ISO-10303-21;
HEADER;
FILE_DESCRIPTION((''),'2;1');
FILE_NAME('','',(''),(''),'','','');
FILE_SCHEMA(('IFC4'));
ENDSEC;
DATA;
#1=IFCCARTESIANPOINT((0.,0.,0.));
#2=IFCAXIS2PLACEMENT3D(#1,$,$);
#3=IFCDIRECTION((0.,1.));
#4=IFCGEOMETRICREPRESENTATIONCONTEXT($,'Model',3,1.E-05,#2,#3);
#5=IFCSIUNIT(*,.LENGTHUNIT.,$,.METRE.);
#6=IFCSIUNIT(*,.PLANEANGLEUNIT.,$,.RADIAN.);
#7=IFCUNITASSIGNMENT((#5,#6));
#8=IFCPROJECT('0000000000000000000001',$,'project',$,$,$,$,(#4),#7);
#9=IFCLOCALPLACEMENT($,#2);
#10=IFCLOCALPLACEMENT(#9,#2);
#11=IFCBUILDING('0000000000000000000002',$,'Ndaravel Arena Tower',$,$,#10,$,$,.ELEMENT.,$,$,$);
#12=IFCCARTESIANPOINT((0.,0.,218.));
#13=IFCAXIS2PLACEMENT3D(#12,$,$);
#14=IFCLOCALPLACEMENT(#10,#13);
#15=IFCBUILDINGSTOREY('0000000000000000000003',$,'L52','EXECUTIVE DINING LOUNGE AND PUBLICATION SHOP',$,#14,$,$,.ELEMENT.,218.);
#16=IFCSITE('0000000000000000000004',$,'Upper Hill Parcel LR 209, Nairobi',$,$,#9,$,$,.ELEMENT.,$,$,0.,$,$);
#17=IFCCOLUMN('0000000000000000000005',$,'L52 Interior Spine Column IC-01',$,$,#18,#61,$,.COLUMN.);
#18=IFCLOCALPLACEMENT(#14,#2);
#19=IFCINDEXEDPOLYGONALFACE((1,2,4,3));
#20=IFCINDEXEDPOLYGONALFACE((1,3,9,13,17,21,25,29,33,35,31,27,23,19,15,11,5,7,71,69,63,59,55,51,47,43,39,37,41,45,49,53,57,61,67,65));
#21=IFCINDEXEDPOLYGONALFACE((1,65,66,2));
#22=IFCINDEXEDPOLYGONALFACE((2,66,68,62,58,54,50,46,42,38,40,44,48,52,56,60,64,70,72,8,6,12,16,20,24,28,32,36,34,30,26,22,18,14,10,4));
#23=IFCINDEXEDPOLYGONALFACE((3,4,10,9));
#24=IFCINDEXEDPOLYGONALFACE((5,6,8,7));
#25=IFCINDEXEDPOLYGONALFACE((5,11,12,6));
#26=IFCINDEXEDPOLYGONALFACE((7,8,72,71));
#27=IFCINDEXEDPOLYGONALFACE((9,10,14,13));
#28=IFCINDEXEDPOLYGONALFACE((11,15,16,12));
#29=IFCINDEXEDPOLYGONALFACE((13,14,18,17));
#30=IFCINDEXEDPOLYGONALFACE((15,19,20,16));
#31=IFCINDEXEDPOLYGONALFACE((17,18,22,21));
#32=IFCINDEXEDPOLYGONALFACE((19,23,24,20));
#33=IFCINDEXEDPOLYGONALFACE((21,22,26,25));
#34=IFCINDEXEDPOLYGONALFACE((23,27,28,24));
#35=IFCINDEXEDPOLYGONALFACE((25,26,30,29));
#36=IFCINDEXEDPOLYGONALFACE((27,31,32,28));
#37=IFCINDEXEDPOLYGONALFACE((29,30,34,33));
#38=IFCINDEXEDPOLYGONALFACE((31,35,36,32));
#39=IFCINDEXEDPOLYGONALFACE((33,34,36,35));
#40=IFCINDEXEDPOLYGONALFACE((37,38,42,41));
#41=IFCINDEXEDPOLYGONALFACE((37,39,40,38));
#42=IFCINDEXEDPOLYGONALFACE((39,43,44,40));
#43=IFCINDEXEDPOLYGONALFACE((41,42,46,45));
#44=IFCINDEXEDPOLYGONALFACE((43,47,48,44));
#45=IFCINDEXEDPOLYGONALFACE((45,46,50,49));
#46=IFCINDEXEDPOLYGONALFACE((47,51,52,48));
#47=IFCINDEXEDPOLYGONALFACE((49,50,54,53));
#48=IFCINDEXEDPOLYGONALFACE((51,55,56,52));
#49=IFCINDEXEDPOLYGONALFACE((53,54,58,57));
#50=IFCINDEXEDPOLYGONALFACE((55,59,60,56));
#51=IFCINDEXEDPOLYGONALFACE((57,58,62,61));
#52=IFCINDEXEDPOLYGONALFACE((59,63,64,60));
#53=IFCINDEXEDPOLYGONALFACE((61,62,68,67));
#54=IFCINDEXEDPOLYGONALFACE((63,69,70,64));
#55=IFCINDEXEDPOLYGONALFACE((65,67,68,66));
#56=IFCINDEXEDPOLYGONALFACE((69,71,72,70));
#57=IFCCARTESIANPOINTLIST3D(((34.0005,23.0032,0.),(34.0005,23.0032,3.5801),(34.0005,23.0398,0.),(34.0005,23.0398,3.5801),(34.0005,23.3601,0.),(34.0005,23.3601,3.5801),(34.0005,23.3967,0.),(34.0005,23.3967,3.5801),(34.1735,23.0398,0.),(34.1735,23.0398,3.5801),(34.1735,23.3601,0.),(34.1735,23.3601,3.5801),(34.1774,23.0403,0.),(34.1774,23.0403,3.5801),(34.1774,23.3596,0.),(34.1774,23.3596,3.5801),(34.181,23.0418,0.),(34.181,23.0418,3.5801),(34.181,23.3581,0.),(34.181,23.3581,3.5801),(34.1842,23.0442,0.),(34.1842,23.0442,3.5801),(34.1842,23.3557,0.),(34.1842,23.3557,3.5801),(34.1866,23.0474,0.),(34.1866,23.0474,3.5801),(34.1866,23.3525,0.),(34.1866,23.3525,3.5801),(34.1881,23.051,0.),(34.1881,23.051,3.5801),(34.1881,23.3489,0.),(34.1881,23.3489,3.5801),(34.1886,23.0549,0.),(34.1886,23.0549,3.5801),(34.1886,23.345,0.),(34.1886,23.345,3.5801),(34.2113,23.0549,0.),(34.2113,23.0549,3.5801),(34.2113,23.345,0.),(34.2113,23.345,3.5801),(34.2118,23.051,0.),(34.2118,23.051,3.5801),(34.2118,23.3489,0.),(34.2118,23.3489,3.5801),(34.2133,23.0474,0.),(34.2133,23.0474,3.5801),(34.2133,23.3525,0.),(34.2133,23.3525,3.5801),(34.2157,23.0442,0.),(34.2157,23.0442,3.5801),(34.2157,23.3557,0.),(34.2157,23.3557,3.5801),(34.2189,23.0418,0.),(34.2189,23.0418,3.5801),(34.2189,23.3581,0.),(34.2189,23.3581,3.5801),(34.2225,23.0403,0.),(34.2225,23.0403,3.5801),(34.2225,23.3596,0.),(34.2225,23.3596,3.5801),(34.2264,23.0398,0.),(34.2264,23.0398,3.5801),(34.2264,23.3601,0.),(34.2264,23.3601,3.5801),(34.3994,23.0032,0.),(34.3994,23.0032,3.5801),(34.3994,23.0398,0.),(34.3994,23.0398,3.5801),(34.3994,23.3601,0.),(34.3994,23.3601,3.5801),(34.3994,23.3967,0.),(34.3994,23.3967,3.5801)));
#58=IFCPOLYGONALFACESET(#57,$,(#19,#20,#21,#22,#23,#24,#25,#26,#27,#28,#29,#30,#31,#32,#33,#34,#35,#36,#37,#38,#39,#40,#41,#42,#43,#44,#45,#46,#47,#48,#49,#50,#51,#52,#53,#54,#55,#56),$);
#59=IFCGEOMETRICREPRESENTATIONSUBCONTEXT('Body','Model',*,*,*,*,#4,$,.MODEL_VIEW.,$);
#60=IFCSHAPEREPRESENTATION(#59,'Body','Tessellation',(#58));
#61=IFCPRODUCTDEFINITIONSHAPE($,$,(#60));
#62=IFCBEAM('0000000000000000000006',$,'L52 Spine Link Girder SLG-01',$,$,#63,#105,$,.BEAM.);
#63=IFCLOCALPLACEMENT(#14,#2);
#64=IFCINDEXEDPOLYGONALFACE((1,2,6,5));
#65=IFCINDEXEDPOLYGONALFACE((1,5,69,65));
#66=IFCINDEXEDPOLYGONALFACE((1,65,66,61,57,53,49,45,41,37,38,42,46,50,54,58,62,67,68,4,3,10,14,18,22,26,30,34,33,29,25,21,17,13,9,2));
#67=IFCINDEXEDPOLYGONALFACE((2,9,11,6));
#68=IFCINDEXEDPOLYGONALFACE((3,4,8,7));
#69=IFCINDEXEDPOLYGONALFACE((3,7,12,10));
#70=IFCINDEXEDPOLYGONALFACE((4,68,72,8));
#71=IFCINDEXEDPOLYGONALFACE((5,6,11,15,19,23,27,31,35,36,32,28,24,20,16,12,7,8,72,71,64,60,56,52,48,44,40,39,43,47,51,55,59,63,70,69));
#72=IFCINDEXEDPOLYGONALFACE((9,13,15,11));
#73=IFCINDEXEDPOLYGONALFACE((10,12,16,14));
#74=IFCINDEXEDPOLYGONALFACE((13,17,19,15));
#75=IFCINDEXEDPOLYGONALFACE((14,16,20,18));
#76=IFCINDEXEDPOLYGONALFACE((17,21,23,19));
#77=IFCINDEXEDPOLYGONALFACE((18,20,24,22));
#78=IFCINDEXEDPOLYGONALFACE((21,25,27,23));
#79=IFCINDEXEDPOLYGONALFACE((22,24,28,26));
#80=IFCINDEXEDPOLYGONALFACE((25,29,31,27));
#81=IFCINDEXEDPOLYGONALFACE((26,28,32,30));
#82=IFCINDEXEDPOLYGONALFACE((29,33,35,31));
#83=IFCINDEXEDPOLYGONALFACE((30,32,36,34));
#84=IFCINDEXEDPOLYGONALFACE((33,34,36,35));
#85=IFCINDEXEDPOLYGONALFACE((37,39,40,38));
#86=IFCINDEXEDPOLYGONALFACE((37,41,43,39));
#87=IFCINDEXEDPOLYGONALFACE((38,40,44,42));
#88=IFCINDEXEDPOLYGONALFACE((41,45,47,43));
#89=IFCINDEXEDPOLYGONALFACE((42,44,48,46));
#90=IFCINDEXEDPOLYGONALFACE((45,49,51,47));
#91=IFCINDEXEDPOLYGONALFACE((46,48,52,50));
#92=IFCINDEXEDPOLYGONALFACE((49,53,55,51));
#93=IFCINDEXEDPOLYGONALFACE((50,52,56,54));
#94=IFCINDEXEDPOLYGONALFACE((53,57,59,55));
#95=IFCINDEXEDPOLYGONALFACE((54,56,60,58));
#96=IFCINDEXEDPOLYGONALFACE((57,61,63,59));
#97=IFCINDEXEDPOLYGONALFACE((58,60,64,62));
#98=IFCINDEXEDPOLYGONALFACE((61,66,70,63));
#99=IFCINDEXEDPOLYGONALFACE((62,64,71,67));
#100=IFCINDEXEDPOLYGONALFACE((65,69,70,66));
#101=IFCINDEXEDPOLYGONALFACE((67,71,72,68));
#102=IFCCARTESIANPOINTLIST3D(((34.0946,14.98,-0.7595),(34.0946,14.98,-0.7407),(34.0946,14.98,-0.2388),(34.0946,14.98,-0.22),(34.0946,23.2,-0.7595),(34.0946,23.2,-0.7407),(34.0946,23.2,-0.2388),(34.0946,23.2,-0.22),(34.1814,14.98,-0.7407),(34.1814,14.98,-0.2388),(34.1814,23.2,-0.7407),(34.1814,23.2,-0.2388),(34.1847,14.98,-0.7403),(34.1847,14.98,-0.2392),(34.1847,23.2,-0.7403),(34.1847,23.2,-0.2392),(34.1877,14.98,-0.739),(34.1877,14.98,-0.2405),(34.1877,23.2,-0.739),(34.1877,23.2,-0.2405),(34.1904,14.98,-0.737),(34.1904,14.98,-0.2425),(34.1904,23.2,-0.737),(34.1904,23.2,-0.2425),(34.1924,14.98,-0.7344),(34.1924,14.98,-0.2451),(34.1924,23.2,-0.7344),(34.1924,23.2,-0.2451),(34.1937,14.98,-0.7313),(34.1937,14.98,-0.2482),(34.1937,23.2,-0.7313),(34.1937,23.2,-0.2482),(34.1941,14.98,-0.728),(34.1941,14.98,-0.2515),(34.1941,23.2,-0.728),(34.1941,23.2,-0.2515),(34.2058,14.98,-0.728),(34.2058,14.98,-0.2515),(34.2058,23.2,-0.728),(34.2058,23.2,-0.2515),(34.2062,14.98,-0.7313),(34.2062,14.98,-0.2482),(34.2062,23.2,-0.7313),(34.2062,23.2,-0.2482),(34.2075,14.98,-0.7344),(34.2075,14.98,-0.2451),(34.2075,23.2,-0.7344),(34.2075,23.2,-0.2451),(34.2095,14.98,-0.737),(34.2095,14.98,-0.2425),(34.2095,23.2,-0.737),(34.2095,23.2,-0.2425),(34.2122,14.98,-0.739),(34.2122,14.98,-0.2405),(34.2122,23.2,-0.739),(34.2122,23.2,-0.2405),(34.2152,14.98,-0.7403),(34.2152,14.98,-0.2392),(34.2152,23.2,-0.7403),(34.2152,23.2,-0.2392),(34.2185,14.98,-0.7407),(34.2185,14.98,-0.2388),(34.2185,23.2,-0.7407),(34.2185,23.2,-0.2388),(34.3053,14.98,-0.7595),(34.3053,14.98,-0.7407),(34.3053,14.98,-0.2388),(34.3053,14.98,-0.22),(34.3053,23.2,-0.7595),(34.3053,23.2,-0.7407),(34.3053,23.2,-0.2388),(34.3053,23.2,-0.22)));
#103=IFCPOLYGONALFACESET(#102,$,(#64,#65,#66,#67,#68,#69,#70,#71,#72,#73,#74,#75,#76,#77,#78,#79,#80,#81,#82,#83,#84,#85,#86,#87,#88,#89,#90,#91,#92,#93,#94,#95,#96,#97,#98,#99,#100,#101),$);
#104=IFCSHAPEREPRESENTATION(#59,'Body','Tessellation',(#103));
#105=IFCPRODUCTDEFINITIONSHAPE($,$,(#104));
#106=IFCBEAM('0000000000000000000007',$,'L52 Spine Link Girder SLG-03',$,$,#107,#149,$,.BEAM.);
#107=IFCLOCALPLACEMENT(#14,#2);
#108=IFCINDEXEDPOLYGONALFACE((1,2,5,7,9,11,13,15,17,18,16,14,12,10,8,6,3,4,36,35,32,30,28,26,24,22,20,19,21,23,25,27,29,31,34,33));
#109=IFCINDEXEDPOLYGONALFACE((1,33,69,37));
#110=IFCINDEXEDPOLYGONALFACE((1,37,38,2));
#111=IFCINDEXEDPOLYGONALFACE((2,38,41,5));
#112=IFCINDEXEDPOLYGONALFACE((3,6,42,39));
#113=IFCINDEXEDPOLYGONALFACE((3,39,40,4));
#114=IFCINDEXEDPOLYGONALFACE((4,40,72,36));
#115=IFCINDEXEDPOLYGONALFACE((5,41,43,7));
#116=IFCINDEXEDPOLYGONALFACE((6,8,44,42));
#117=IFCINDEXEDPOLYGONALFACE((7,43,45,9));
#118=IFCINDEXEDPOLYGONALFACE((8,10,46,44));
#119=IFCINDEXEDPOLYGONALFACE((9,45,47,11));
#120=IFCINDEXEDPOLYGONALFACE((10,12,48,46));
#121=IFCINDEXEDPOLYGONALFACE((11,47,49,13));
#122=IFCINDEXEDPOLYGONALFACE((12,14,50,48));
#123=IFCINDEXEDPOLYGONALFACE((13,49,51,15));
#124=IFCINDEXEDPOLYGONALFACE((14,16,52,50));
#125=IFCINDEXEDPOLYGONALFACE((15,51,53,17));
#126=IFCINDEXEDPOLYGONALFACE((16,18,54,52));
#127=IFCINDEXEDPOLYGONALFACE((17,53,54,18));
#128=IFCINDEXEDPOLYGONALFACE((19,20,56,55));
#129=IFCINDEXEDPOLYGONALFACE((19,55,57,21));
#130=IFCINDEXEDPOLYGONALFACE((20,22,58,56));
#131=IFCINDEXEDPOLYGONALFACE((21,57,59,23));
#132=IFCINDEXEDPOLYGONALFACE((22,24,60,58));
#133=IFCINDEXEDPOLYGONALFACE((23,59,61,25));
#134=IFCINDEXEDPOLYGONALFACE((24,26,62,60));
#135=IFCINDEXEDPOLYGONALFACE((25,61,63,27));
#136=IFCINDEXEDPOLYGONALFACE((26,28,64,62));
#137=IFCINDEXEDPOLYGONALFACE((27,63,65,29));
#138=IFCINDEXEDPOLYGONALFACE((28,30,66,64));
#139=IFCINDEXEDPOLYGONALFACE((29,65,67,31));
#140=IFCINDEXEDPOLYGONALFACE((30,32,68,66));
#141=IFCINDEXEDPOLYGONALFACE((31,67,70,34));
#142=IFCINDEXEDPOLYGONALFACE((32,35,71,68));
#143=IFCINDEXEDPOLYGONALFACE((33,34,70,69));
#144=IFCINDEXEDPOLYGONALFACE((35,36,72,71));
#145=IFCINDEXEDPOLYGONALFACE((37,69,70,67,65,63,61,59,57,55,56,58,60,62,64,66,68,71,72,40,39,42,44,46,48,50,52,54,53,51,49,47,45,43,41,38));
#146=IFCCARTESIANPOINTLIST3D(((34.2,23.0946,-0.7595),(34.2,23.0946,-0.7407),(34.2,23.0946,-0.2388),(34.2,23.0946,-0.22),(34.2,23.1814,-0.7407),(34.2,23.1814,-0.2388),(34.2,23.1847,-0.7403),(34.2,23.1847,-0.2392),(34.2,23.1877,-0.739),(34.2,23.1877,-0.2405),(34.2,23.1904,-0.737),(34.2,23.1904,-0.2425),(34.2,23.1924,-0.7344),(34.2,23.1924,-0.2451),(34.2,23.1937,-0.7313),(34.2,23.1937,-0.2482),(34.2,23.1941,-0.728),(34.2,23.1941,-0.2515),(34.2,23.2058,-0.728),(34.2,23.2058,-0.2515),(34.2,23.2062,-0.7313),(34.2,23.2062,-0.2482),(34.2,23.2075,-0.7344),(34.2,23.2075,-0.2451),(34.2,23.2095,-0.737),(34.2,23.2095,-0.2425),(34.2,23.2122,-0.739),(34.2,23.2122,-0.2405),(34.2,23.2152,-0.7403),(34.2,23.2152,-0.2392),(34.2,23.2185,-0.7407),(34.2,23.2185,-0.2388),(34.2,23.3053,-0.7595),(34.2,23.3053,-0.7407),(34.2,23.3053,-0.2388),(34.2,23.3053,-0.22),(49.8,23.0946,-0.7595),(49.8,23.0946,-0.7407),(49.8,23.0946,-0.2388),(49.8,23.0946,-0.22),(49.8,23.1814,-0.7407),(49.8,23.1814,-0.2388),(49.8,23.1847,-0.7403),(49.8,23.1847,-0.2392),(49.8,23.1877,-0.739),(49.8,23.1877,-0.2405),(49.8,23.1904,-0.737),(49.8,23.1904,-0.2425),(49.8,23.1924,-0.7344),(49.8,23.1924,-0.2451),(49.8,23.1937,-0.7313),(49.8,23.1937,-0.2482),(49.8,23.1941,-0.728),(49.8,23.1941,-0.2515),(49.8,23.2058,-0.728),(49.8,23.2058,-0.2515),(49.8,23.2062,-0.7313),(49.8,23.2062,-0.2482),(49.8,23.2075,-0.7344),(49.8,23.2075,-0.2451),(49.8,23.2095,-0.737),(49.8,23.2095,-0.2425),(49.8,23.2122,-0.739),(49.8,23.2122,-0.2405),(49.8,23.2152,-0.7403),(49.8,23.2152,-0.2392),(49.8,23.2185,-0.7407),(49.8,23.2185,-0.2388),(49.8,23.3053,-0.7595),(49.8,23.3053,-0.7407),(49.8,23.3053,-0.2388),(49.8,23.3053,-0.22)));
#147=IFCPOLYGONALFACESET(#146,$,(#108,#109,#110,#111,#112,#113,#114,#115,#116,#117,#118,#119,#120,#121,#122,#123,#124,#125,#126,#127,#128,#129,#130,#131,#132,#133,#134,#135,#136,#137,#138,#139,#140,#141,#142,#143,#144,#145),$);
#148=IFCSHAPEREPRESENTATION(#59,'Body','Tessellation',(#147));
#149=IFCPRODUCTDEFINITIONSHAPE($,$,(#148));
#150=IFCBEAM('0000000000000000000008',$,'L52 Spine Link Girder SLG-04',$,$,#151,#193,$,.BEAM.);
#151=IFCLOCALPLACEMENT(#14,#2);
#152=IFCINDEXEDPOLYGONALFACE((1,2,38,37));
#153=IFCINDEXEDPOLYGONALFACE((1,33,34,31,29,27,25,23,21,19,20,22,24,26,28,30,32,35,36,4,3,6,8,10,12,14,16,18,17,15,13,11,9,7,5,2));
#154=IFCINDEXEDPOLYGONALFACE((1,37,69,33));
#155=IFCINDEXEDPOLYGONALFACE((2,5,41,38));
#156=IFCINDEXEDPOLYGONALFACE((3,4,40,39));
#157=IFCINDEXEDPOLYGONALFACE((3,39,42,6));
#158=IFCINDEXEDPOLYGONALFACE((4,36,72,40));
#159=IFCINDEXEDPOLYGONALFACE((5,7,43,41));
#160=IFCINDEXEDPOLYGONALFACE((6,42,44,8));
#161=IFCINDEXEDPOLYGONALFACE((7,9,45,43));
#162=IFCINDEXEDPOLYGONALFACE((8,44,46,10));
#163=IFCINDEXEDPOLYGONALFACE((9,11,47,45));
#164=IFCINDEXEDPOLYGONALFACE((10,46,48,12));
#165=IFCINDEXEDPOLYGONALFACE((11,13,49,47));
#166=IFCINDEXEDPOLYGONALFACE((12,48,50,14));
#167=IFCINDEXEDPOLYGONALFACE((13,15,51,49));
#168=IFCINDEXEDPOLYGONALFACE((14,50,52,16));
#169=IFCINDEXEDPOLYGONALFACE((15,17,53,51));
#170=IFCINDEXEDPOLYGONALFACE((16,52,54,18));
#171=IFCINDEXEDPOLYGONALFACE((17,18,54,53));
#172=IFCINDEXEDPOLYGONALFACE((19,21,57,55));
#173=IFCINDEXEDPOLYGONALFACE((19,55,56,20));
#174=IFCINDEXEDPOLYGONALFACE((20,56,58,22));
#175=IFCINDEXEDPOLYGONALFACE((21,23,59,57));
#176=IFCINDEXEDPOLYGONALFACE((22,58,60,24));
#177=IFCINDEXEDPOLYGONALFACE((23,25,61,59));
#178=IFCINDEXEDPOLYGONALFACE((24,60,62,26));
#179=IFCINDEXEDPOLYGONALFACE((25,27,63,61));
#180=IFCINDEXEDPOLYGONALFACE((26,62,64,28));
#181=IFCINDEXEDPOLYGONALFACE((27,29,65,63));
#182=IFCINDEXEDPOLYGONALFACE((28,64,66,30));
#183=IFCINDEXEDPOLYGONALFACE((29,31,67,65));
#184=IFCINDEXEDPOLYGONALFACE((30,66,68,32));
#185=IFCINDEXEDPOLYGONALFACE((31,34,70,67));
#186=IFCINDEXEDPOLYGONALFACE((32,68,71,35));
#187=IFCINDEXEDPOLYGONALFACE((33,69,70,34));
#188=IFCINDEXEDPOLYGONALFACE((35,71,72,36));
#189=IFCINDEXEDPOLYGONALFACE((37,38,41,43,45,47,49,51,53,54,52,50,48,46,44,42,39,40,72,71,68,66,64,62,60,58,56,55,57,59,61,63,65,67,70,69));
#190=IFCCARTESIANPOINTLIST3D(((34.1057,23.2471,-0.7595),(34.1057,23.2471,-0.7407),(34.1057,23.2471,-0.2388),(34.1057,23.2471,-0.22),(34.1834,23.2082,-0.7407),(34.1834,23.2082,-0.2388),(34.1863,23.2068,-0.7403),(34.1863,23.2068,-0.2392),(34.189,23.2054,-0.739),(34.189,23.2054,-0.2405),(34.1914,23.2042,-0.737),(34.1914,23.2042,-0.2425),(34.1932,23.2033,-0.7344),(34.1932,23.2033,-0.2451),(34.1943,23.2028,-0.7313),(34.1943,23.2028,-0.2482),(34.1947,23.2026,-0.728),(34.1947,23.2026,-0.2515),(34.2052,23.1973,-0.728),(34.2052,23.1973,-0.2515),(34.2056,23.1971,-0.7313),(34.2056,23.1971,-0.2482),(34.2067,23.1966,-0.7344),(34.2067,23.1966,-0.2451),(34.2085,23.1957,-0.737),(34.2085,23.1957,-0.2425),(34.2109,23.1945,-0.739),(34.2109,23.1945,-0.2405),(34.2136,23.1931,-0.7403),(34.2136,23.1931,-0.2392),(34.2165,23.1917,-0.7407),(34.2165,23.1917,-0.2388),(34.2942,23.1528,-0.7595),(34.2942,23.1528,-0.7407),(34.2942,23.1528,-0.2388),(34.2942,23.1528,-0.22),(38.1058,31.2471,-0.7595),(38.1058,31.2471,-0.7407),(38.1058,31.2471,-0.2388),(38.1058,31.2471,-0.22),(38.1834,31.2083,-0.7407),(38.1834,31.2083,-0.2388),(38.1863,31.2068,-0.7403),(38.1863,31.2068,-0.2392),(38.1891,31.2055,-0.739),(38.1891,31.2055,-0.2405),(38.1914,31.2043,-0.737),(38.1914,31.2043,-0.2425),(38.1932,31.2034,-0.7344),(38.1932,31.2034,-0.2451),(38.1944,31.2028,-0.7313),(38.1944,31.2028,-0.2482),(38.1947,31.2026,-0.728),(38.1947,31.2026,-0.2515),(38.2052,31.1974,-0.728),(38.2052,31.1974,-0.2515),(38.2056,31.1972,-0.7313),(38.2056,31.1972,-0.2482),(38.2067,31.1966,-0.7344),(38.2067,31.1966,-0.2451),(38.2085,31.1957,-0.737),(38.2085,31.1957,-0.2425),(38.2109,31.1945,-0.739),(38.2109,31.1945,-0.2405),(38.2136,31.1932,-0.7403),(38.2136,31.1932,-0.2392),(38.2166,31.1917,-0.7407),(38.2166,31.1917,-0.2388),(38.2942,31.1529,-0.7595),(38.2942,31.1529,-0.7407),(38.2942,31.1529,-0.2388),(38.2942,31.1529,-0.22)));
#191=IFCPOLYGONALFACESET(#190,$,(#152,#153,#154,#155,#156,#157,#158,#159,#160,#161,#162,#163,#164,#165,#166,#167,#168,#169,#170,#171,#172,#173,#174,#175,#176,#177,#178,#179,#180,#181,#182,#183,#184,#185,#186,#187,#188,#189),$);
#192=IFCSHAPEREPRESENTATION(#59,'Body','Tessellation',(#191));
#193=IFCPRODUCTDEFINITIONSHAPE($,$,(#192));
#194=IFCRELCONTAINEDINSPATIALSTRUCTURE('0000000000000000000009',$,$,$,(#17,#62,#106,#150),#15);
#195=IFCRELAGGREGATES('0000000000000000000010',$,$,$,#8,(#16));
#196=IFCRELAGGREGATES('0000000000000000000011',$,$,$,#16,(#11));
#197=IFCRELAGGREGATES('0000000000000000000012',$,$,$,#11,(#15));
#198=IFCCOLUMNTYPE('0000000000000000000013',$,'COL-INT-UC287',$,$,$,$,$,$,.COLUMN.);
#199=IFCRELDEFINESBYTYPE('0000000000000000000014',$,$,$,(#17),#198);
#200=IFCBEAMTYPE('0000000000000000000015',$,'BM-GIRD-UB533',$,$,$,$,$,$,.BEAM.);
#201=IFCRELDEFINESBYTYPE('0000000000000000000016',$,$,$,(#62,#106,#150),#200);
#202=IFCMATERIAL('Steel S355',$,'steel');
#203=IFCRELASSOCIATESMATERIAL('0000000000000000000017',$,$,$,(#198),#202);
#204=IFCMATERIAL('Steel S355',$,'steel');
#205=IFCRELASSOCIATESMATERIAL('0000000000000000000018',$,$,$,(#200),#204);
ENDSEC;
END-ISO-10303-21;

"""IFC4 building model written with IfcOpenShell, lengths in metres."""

from ifc_helpers import new_model, si_unit, direction, frame, origin, origin_2d, place, context, subcontext, project, spatial, i_section, extrude, material, material_profile, profile_set, type_object, element, save


model = new_model("IFC4")

# Units and contexts
model_context = context("Model", 3, precision=1e-05, world=origin(), true_north=direction((0.0, 1.0)))
body_context = subcontext(model_context, "Body", "Model", "MODEL_VIEW")
ifc_project = project(units=[si_unit("LENGTHUNIT", "METRE"), si_unit("PLANEANGLEUNIT", "RADIAN")], contexts=[model_context])

# Site, building, storey
site_placement = place(None, origin())
site = spatial("IfcSite", under=ifc_project, at=site_placement, Name="Upper Hill Parcel LR 209, Nairobi", CompositionType="ELEMENT", RefElevation=0.0)
building_placement = place(site_placement, origin())
building = spatial("IfcBuilding", under=site, at=building_placement, Name="Ndaravel Arena Tower", CompositionType="ELEMENT")
storey_placement = place(building_placement, frame((0.0, 0.0, 218.0)))
storey = spatial("IfcBuildingStorey", under=building, at=storey_placement, Name="L52", Description="EXECUTIVE DINING LOUNGE AND PUBLICATION SHOP", CompositionType="ELEMENT", Elevation=218.0)

# Column
ifc_material_1 = material(Name="Steel S355", Category="steel")
ifc_material_profile_1 = material_profile(ifc_material_1, i_section(OverallWidth=0.3989, OverallDepth=0.3936, WebThickness=0.0227, FlangeThickness=0.0366, FilletRadius=0.0151, at=origin_2d()), Name="UC 356x406x287")
ifc_profile_set_1 = profile_set([ifc_material_profile_1], Name="Steel S355")
column_type = type_object("IfcColumnType", Name="COL-INT-UC287", PredefinedType="COLUMN", material=ifc_profile_set_1)
column_placement = place(storey_placement, frame((34.2, 23.2, 0.0), z_axis=(0.0, 0.0, 1.0), x_axis=(1.0, 0.0, 0.0)))
element("IfcColumn", 1, at=column_placement, inside=storey, type_object=column_type, Name="L52 Interior Spine Column IC-01", PredefinedType="COLUMN", context=body_context, shape_type="SweptSolid", body=[
    extrude(i_section(OverallWidth=0.3989, OverallDepth=0.3936, WebThickness=0.0227, FlangeThickness=0.0366, FilletRadius=0.0151, at=origin_2d()), origin(), (0.0, 0.0, 1.0), 3.5801),
])

# Beams
ifc_material_2 = material(Name="Steel S355", Category="steel")
ifc_material_profile_2 = material_profile(ifc_material_2, i_section(OverallWidth=0.2107, OverallDepth=0.5396, WebThickness=0.0117, FlangeThickness=0.0188, FilletRadius=0.0127, at=origin_2d()), Name="UB 533x210x109")
ifc_profile_set_2 = profile_set([ifc_material_profile_2], Name="Steel S355")
beam_type = type_object("IfcBeamType", Name="BM-GIRD-UB533", PredefinedType="BEAM", material=ifc_profile_set_2)
beam_1_placement = place(storey_placement, frame((34.2, 14.98, -0.4897), z_axis=(0.0, 1.0, 0.0), x_axis=(-1.0, 0.0, 0.0)))
element("IfcBeam", 2, at=beam_1_placement, inside=storey, type_object=beam_type, Name="L52 Spine Link Girder SLG-01", PredefinedType="BEAM", context=body_context, shape_type="SweptSolid", body=[
    extrude(i_section(OverallWidth=0.2107, OverallDepth=0.5396, WebThickness=0.0117, FlangeThickness=0.0188, FilletRadius=0.0127, at=origin_2d()), origin(), (0.0, 0.0, 1.0), 8.22),
])
beam_2_placement = place(storey_placement, frame((34.2, 23.2, -0.4897), z_axis=(1.0, 0.0, 0.0), x_axis=(0.0, 1.0, 0.0)))
element("IfcBeam", 3, at=beam_2_placement, inside=storey, type_object=beam_type, Name="L52 Spine Link Girder SLG-03", PredefinedType="BEAM", context=body_context, shape_type="SweptSolid", body=[
    extrude(i_section(OverallWidth=0.2107, OverallDepth=0.5396, WebThickness=0.0117, FlangeThickness=0.0188, FilletRadius=0.0127, at=origin_2d()), origin(), (0.0, 0.0, 1.0), 15.6001),
])
beam_3_placement = place(storey_placement, frame((34.2, 23.2, -0.4897), z_axis=(0.447214, 0.894427, 0.0), x_axis=(-0.894427, 0.447214, 0.0)))
element("IfcBeam", 4, at=beam_3_placement, inside=storey, type_object=beam_type, Name="L52 Spine Link Girder SLG-04", PredefinedType="BEAM", context=body_context, shape_type="SweptSolid", body=[
    extrude(i_section(OverallWidth=0.2107, OverallDepth=0.5396, WebThickness=0.0117, FlangeThickness=0.0188, FilletRadius=0.0127, at=origin_2d()), origin(), (0.0, 0.0, 1.0), 8.9443),
])

save(model, "model.ifc")
